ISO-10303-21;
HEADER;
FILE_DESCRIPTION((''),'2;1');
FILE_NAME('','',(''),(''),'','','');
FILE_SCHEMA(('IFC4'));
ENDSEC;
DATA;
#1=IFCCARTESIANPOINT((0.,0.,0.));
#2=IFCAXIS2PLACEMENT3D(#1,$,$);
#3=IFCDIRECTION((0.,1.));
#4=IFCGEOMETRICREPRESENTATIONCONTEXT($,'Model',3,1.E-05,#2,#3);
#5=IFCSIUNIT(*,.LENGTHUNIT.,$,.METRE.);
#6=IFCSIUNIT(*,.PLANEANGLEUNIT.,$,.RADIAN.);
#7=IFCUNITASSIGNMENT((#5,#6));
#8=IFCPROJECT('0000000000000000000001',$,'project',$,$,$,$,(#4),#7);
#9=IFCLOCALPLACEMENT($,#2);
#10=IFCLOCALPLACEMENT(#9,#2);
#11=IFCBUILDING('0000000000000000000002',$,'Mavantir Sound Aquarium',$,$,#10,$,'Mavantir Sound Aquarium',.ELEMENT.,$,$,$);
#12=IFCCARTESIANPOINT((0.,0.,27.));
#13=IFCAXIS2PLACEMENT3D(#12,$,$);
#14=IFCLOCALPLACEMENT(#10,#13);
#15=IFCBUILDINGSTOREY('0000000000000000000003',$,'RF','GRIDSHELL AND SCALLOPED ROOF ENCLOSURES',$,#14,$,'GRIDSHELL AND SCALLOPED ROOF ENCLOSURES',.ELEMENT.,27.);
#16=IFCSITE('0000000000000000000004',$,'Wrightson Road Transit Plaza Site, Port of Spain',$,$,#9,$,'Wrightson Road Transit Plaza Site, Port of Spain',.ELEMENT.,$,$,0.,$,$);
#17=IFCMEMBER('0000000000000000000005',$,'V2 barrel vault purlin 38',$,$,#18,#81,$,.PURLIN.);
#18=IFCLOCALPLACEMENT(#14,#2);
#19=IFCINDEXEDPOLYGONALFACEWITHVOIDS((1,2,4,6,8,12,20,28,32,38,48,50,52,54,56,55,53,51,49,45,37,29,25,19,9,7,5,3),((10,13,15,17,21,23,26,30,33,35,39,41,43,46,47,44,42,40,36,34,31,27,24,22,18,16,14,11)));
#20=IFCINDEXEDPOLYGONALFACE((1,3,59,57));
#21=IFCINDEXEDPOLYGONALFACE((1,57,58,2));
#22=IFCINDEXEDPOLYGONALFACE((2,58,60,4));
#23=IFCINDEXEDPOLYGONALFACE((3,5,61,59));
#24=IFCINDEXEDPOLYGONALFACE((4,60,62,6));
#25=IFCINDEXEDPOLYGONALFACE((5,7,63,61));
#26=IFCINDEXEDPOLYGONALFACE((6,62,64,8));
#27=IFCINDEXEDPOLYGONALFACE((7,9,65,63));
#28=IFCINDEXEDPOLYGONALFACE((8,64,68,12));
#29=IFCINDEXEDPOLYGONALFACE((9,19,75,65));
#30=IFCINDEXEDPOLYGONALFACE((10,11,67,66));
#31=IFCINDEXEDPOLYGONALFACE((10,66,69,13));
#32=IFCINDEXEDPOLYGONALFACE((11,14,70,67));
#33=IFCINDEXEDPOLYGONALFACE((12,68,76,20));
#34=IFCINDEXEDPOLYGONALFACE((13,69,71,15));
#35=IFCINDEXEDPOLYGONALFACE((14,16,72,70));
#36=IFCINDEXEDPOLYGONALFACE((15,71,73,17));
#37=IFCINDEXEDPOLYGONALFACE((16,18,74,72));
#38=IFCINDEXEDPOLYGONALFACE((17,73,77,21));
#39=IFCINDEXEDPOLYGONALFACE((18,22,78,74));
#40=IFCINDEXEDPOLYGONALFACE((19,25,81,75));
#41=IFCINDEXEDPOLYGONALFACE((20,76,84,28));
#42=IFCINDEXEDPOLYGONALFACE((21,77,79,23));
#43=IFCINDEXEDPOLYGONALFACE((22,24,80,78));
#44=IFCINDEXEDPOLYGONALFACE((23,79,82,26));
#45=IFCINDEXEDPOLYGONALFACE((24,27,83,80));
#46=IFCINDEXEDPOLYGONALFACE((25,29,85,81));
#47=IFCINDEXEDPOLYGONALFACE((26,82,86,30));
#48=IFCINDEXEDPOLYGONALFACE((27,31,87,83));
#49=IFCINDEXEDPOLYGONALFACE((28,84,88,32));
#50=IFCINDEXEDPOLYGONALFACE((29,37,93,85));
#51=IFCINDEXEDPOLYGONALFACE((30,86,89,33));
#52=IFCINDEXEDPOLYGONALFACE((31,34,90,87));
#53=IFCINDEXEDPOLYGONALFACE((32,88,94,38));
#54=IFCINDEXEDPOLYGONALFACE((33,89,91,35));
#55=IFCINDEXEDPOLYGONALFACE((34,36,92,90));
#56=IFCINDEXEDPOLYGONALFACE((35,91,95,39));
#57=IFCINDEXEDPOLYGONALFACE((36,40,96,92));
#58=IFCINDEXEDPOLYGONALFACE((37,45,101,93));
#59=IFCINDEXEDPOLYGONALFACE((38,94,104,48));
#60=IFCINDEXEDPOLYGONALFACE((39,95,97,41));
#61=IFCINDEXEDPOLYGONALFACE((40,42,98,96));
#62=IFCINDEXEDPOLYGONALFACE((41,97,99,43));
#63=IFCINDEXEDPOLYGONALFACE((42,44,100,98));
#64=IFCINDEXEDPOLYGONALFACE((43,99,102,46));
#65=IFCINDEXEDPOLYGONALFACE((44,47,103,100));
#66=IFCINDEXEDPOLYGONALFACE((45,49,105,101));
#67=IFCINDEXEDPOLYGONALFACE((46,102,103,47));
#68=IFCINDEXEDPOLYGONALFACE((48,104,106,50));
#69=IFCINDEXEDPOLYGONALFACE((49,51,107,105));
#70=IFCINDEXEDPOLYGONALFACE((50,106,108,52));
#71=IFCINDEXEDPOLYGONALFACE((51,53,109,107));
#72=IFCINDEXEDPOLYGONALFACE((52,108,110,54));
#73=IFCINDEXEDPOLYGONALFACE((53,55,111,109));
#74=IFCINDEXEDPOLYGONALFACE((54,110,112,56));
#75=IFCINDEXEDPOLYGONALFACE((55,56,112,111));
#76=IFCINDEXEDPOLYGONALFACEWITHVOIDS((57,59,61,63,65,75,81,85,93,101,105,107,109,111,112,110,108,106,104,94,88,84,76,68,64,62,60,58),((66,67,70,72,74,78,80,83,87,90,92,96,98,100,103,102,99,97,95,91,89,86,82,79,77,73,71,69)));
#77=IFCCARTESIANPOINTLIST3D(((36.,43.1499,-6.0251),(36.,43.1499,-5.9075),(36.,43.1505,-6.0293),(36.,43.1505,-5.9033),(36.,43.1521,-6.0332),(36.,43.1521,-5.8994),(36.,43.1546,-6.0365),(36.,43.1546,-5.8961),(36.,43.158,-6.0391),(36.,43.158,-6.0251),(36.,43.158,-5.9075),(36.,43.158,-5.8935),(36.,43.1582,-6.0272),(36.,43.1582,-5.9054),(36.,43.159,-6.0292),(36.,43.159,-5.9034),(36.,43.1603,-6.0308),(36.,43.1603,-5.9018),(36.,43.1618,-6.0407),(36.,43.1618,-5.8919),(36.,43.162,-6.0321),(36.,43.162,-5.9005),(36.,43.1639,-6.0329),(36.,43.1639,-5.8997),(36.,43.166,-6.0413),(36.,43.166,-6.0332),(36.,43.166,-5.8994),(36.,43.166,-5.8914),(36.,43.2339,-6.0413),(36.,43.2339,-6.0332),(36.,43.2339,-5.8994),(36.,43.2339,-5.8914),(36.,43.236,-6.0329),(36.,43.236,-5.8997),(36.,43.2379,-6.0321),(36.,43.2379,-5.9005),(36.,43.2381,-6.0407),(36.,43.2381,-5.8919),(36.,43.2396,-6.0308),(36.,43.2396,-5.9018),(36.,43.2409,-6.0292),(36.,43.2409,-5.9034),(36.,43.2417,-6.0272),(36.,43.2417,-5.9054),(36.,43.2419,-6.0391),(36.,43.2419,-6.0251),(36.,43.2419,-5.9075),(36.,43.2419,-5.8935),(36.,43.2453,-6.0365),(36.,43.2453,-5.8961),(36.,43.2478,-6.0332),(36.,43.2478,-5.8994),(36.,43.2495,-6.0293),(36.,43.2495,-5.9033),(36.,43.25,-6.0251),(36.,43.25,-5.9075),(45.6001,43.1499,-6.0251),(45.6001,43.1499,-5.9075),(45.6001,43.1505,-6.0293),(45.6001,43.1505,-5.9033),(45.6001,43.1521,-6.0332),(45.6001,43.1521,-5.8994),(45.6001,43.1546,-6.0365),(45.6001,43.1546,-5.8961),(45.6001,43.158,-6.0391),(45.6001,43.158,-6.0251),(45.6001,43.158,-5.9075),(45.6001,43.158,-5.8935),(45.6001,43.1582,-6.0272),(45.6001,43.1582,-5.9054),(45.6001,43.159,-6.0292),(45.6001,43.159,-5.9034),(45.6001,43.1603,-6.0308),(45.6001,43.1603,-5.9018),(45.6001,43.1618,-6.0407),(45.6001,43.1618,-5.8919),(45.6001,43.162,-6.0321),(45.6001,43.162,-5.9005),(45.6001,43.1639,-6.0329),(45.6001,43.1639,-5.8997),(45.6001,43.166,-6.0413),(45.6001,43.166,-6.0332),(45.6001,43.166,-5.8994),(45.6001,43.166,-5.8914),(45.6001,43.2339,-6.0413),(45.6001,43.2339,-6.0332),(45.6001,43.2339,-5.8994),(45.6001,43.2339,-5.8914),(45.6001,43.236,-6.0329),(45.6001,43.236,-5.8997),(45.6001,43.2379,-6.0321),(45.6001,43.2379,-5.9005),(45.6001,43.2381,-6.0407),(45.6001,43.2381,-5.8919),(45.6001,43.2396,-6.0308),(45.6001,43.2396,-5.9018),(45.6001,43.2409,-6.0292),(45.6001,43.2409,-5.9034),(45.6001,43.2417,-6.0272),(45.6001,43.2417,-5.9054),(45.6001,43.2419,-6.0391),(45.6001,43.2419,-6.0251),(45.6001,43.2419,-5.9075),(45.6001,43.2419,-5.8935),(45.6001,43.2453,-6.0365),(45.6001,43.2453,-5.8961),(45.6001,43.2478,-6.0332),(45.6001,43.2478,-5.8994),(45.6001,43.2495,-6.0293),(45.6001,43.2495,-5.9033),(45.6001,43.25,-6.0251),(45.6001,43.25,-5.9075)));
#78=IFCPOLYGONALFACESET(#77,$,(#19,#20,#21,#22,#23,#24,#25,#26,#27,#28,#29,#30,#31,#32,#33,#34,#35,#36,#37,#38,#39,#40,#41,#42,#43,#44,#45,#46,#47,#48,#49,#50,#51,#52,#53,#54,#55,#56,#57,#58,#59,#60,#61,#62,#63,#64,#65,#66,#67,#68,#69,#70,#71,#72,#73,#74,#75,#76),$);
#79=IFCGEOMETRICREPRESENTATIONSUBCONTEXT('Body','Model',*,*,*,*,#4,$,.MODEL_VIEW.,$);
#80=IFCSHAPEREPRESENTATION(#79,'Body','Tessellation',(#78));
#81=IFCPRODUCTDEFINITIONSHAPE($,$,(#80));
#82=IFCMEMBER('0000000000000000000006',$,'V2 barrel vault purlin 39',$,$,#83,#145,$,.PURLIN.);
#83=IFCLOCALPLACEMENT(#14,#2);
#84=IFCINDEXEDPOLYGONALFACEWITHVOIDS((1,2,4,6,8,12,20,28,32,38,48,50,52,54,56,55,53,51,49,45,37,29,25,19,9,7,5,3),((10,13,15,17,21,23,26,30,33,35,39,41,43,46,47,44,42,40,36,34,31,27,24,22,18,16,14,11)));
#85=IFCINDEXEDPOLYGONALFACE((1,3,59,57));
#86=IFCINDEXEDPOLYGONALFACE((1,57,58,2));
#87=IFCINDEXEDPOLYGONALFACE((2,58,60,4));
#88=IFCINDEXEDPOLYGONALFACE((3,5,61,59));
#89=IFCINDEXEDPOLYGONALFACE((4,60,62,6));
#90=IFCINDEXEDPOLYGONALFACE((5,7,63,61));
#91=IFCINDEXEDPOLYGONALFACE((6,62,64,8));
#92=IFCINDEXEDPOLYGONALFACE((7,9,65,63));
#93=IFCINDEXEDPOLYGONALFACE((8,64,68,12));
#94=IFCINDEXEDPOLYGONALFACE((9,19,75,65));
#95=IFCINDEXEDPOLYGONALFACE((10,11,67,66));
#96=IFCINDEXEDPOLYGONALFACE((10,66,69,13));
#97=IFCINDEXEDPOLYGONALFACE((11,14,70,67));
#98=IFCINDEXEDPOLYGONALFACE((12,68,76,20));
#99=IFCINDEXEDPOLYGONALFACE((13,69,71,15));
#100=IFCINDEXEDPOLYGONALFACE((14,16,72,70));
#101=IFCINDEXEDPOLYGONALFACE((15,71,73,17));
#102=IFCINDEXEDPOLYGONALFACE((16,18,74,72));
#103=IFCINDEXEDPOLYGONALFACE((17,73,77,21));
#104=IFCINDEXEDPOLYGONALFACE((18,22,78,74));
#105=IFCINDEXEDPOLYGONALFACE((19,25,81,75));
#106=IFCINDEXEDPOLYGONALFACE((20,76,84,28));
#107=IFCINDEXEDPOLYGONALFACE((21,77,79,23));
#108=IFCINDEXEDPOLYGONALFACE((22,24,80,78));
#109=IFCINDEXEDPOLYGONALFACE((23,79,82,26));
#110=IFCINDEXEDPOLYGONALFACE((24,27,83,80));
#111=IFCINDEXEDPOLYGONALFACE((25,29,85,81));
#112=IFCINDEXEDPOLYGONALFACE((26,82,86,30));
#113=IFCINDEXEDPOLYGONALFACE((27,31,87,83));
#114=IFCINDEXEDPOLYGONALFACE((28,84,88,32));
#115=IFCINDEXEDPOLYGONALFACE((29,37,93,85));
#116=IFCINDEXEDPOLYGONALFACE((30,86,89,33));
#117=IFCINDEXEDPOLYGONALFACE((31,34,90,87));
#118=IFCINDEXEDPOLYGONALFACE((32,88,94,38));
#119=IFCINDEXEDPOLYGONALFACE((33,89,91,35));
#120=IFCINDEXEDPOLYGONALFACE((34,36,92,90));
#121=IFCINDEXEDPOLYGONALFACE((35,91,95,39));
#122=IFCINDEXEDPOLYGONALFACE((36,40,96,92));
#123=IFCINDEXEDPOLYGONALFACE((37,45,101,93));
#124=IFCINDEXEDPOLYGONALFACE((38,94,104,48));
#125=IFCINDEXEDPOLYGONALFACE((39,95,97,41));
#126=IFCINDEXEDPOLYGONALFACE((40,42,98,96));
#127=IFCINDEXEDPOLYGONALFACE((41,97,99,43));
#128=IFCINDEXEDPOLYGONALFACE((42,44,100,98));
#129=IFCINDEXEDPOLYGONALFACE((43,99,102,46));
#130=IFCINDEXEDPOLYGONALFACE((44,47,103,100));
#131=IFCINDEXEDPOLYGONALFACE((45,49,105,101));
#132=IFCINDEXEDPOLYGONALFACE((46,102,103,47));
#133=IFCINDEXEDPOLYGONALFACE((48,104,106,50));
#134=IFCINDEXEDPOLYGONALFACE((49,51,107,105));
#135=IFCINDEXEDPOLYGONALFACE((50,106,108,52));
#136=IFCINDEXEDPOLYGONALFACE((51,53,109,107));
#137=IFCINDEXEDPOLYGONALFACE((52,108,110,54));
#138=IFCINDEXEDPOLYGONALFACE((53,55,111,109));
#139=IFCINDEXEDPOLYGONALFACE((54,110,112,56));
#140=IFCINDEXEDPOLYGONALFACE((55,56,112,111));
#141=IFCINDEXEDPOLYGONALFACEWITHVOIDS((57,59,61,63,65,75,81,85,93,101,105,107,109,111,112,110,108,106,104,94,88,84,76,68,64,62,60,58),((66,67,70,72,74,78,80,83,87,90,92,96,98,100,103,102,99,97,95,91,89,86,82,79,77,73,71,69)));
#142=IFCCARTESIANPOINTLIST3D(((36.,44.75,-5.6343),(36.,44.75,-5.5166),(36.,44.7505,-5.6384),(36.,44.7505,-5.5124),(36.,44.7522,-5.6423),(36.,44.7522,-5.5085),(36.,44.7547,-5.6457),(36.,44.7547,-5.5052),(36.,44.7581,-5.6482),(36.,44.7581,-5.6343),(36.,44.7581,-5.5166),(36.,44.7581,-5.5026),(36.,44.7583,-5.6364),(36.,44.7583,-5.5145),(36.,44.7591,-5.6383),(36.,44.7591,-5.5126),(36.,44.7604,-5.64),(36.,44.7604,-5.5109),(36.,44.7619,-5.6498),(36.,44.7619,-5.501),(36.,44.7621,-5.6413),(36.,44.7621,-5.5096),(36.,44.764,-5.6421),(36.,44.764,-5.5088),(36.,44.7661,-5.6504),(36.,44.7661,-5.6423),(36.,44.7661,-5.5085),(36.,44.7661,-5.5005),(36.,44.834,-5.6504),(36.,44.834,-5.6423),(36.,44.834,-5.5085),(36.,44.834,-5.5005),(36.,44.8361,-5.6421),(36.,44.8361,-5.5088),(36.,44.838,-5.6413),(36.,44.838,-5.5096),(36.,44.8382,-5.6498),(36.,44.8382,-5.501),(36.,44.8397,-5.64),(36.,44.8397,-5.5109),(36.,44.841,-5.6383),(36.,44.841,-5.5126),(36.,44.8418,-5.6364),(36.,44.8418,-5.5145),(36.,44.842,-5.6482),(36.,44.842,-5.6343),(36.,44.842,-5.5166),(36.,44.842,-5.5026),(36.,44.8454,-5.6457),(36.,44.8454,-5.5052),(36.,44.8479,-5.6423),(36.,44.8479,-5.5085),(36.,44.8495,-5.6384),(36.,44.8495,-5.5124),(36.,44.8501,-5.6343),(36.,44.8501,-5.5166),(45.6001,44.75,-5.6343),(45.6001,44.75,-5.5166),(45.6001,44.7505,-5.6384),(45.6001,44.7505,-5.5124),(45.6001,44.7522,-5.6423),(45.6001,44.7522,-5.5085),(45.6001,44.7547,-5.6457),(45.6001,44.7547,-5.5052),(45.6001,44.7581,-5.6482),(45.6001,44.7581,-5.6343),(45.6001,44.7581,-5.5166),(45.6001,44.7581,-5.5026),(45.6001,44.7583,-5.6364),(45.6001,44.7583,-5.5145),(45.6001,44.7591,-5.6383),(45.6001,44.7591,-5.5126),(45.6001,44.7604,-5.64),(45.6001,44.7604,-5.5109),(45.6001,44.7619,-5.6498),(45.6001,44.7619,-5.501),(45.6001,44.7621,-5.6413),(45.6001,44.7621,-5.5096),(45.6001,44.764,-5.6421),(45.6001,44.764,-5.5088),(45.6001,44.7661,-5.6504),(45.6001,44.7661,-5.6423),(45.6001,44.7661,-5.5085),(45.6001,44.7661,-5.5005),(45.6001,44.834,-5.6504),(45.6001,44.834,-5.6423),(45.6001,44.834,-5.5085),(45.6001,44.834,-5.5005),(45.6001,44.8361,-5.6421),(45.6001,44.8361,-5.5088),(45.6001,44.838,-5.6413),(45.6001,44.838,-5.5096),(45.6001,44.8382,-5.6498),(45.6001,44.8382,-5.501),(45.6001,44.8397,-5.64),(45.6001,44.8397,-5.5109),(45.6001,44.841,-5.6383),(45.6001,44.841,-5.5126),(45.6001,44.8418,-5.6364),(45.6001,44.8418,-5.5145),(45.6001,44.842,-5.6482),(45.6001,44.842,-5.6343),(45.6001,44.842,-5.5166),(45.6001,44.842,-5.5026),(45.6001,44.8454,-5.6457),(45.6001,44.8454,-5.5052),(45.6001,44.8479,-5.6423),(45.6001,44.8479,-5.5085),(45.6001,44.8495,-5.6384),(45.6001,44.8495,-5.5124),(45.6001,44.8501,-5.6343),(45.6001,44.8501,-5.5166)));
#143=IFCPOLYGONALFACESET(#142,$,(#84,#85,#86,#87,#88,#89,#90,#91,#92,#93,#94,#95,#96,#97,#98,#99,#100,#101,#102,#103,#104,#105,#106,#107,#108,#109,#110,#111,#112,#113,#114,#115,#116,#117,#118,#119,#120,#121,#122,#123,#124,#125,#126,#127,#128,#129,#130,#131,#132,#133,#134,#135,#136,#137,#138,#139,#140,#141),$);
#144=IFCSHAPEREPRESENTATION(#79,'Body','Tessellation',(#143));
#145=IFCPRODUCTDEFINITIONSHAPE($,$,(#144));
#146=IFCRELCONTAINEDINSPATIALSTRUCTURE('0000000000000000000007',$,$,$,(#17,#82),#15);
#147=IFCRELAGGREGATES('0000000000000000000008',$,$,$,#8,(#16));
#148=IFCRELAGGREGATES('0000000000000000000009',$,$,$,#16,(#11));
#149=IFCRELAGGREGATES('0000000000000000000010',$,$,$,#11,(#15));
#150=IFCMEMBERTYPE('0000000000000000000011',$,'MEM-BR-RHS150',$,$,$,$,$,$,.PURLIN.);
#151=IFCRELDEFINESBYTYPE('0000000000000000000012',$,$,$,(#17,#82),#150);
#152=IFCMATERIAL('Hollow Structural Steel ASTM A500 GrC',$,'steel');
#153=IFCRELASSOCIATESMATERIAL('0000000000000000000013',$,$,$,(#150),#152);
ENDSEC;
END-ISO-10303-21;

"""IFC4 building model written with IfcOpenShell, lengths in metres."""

from ifc_helpers import new_model, si_unit, direction, frame, origin, origin_2d, place, context, subcontext, project, spatial, hollow_rectangle, extrude, material, material_profile, profile_set, type_object, element, save


model = new_model("IFC4")

# Units and contexts
model_context = context("Model", 3, precision=1e-05, world=origin(), true_north=direction((0.0, 1.0)))
body_context = subcontext(model_context, "Body", "Model", "MODEL_VIEW")
ifc_project = project(units=[si_unit("LENGTHUNIT", "METRE"), si_unit("PLANEANGLEUNIT", "RADIAN")], contexts=[model_context])

# Site, building, storey
site_placement = place(None, origin())
site = spatial("IfcSite", under=ifc_project, at=site_placement, Name="Wrightson Road Transit Plaza Site, Port of Spain", LongName="Wrightson Road Transit Plaza Site, Port of Spain", CompositionType="ELEMENT", RefElevation=0.0)
building_placement = place(site_placement, origin())
building = spatial("IfcBuilding", under=site, at=building_placement, Name="Mavantir Sound Aquarium", LongName="Mavantir Sound Aquarium", CompositionType="ELEMENT")
storey_placement = place(building_placement, frame((0.0, 0.0, 27.0)))
storey = spatial("IfcBuildingStorey", under=building, at=storey_placement, Name="RF", Description="GRIDSHELL AND SCALLOPED ROOF ENCLOSURES", LongName="GRIDSHELL AND SCALLOPED ROOF ENCLOSURES", CompositionType="ELEMENT", Elevation=27.0)

# Members
ifc_material_1 = material(Name="Hollow Structural Steel ASTM A500 GrC", Category="steel")
ifc_material_profile_1 = material_profile(ifc_material_1, hollow_rectangle(XDim=0.1001, YDim=0.1499, WallThickness=0.0081, InnerFilletRadius=0.0081, OuterFilletRadius=0.0161, at=origin_2d()), Name="RHS 150X100X8")
ifc_profile_set_1 = profile_set([ifc_material_profile_1], Name="Hollow Structural Steel ASTM A500 GrC")
member_type_1 = type_object("IfcMemberType", Name="MEM-BR-RHS150", PredefinedType="PURLIN", material=ifc_profile_set_1)
for number, where, z_axis, x_axis, name in (
    (1, (36.0, 43.2, -5.9663), (1.0, 0.0, 0.0), (0.0, 1.0, 0.0), "V2 barrel vault purlin 38"),
    (2, (36.0, 44.8, -5.5754), (1.0, 0.0, 0.0), (0.0, 1.0, 0.0), "V2 barrel vault purlin 39"),
):
    element("IfcMember", number, at=place(storey_placement, frame(where, z_axis=z_axis, x_axis=x_axis)), inside=storey, type_object=member_type_1, Name=name, PredefinedType="PURLIN", context=body_context, shape_type="SweptSolid", body=[
        extrude(hollow_rectangle(XDim=0.1001, YDim=0.1499, WallThickness=0.0081, InnerFilletRadius=0.0081, OuterFilletRadius=0.0161, at=origin_2d()), origin(), (0.0, 0.0, 1.0), 9.6001),
    ])

save(model, "model.ifc")
